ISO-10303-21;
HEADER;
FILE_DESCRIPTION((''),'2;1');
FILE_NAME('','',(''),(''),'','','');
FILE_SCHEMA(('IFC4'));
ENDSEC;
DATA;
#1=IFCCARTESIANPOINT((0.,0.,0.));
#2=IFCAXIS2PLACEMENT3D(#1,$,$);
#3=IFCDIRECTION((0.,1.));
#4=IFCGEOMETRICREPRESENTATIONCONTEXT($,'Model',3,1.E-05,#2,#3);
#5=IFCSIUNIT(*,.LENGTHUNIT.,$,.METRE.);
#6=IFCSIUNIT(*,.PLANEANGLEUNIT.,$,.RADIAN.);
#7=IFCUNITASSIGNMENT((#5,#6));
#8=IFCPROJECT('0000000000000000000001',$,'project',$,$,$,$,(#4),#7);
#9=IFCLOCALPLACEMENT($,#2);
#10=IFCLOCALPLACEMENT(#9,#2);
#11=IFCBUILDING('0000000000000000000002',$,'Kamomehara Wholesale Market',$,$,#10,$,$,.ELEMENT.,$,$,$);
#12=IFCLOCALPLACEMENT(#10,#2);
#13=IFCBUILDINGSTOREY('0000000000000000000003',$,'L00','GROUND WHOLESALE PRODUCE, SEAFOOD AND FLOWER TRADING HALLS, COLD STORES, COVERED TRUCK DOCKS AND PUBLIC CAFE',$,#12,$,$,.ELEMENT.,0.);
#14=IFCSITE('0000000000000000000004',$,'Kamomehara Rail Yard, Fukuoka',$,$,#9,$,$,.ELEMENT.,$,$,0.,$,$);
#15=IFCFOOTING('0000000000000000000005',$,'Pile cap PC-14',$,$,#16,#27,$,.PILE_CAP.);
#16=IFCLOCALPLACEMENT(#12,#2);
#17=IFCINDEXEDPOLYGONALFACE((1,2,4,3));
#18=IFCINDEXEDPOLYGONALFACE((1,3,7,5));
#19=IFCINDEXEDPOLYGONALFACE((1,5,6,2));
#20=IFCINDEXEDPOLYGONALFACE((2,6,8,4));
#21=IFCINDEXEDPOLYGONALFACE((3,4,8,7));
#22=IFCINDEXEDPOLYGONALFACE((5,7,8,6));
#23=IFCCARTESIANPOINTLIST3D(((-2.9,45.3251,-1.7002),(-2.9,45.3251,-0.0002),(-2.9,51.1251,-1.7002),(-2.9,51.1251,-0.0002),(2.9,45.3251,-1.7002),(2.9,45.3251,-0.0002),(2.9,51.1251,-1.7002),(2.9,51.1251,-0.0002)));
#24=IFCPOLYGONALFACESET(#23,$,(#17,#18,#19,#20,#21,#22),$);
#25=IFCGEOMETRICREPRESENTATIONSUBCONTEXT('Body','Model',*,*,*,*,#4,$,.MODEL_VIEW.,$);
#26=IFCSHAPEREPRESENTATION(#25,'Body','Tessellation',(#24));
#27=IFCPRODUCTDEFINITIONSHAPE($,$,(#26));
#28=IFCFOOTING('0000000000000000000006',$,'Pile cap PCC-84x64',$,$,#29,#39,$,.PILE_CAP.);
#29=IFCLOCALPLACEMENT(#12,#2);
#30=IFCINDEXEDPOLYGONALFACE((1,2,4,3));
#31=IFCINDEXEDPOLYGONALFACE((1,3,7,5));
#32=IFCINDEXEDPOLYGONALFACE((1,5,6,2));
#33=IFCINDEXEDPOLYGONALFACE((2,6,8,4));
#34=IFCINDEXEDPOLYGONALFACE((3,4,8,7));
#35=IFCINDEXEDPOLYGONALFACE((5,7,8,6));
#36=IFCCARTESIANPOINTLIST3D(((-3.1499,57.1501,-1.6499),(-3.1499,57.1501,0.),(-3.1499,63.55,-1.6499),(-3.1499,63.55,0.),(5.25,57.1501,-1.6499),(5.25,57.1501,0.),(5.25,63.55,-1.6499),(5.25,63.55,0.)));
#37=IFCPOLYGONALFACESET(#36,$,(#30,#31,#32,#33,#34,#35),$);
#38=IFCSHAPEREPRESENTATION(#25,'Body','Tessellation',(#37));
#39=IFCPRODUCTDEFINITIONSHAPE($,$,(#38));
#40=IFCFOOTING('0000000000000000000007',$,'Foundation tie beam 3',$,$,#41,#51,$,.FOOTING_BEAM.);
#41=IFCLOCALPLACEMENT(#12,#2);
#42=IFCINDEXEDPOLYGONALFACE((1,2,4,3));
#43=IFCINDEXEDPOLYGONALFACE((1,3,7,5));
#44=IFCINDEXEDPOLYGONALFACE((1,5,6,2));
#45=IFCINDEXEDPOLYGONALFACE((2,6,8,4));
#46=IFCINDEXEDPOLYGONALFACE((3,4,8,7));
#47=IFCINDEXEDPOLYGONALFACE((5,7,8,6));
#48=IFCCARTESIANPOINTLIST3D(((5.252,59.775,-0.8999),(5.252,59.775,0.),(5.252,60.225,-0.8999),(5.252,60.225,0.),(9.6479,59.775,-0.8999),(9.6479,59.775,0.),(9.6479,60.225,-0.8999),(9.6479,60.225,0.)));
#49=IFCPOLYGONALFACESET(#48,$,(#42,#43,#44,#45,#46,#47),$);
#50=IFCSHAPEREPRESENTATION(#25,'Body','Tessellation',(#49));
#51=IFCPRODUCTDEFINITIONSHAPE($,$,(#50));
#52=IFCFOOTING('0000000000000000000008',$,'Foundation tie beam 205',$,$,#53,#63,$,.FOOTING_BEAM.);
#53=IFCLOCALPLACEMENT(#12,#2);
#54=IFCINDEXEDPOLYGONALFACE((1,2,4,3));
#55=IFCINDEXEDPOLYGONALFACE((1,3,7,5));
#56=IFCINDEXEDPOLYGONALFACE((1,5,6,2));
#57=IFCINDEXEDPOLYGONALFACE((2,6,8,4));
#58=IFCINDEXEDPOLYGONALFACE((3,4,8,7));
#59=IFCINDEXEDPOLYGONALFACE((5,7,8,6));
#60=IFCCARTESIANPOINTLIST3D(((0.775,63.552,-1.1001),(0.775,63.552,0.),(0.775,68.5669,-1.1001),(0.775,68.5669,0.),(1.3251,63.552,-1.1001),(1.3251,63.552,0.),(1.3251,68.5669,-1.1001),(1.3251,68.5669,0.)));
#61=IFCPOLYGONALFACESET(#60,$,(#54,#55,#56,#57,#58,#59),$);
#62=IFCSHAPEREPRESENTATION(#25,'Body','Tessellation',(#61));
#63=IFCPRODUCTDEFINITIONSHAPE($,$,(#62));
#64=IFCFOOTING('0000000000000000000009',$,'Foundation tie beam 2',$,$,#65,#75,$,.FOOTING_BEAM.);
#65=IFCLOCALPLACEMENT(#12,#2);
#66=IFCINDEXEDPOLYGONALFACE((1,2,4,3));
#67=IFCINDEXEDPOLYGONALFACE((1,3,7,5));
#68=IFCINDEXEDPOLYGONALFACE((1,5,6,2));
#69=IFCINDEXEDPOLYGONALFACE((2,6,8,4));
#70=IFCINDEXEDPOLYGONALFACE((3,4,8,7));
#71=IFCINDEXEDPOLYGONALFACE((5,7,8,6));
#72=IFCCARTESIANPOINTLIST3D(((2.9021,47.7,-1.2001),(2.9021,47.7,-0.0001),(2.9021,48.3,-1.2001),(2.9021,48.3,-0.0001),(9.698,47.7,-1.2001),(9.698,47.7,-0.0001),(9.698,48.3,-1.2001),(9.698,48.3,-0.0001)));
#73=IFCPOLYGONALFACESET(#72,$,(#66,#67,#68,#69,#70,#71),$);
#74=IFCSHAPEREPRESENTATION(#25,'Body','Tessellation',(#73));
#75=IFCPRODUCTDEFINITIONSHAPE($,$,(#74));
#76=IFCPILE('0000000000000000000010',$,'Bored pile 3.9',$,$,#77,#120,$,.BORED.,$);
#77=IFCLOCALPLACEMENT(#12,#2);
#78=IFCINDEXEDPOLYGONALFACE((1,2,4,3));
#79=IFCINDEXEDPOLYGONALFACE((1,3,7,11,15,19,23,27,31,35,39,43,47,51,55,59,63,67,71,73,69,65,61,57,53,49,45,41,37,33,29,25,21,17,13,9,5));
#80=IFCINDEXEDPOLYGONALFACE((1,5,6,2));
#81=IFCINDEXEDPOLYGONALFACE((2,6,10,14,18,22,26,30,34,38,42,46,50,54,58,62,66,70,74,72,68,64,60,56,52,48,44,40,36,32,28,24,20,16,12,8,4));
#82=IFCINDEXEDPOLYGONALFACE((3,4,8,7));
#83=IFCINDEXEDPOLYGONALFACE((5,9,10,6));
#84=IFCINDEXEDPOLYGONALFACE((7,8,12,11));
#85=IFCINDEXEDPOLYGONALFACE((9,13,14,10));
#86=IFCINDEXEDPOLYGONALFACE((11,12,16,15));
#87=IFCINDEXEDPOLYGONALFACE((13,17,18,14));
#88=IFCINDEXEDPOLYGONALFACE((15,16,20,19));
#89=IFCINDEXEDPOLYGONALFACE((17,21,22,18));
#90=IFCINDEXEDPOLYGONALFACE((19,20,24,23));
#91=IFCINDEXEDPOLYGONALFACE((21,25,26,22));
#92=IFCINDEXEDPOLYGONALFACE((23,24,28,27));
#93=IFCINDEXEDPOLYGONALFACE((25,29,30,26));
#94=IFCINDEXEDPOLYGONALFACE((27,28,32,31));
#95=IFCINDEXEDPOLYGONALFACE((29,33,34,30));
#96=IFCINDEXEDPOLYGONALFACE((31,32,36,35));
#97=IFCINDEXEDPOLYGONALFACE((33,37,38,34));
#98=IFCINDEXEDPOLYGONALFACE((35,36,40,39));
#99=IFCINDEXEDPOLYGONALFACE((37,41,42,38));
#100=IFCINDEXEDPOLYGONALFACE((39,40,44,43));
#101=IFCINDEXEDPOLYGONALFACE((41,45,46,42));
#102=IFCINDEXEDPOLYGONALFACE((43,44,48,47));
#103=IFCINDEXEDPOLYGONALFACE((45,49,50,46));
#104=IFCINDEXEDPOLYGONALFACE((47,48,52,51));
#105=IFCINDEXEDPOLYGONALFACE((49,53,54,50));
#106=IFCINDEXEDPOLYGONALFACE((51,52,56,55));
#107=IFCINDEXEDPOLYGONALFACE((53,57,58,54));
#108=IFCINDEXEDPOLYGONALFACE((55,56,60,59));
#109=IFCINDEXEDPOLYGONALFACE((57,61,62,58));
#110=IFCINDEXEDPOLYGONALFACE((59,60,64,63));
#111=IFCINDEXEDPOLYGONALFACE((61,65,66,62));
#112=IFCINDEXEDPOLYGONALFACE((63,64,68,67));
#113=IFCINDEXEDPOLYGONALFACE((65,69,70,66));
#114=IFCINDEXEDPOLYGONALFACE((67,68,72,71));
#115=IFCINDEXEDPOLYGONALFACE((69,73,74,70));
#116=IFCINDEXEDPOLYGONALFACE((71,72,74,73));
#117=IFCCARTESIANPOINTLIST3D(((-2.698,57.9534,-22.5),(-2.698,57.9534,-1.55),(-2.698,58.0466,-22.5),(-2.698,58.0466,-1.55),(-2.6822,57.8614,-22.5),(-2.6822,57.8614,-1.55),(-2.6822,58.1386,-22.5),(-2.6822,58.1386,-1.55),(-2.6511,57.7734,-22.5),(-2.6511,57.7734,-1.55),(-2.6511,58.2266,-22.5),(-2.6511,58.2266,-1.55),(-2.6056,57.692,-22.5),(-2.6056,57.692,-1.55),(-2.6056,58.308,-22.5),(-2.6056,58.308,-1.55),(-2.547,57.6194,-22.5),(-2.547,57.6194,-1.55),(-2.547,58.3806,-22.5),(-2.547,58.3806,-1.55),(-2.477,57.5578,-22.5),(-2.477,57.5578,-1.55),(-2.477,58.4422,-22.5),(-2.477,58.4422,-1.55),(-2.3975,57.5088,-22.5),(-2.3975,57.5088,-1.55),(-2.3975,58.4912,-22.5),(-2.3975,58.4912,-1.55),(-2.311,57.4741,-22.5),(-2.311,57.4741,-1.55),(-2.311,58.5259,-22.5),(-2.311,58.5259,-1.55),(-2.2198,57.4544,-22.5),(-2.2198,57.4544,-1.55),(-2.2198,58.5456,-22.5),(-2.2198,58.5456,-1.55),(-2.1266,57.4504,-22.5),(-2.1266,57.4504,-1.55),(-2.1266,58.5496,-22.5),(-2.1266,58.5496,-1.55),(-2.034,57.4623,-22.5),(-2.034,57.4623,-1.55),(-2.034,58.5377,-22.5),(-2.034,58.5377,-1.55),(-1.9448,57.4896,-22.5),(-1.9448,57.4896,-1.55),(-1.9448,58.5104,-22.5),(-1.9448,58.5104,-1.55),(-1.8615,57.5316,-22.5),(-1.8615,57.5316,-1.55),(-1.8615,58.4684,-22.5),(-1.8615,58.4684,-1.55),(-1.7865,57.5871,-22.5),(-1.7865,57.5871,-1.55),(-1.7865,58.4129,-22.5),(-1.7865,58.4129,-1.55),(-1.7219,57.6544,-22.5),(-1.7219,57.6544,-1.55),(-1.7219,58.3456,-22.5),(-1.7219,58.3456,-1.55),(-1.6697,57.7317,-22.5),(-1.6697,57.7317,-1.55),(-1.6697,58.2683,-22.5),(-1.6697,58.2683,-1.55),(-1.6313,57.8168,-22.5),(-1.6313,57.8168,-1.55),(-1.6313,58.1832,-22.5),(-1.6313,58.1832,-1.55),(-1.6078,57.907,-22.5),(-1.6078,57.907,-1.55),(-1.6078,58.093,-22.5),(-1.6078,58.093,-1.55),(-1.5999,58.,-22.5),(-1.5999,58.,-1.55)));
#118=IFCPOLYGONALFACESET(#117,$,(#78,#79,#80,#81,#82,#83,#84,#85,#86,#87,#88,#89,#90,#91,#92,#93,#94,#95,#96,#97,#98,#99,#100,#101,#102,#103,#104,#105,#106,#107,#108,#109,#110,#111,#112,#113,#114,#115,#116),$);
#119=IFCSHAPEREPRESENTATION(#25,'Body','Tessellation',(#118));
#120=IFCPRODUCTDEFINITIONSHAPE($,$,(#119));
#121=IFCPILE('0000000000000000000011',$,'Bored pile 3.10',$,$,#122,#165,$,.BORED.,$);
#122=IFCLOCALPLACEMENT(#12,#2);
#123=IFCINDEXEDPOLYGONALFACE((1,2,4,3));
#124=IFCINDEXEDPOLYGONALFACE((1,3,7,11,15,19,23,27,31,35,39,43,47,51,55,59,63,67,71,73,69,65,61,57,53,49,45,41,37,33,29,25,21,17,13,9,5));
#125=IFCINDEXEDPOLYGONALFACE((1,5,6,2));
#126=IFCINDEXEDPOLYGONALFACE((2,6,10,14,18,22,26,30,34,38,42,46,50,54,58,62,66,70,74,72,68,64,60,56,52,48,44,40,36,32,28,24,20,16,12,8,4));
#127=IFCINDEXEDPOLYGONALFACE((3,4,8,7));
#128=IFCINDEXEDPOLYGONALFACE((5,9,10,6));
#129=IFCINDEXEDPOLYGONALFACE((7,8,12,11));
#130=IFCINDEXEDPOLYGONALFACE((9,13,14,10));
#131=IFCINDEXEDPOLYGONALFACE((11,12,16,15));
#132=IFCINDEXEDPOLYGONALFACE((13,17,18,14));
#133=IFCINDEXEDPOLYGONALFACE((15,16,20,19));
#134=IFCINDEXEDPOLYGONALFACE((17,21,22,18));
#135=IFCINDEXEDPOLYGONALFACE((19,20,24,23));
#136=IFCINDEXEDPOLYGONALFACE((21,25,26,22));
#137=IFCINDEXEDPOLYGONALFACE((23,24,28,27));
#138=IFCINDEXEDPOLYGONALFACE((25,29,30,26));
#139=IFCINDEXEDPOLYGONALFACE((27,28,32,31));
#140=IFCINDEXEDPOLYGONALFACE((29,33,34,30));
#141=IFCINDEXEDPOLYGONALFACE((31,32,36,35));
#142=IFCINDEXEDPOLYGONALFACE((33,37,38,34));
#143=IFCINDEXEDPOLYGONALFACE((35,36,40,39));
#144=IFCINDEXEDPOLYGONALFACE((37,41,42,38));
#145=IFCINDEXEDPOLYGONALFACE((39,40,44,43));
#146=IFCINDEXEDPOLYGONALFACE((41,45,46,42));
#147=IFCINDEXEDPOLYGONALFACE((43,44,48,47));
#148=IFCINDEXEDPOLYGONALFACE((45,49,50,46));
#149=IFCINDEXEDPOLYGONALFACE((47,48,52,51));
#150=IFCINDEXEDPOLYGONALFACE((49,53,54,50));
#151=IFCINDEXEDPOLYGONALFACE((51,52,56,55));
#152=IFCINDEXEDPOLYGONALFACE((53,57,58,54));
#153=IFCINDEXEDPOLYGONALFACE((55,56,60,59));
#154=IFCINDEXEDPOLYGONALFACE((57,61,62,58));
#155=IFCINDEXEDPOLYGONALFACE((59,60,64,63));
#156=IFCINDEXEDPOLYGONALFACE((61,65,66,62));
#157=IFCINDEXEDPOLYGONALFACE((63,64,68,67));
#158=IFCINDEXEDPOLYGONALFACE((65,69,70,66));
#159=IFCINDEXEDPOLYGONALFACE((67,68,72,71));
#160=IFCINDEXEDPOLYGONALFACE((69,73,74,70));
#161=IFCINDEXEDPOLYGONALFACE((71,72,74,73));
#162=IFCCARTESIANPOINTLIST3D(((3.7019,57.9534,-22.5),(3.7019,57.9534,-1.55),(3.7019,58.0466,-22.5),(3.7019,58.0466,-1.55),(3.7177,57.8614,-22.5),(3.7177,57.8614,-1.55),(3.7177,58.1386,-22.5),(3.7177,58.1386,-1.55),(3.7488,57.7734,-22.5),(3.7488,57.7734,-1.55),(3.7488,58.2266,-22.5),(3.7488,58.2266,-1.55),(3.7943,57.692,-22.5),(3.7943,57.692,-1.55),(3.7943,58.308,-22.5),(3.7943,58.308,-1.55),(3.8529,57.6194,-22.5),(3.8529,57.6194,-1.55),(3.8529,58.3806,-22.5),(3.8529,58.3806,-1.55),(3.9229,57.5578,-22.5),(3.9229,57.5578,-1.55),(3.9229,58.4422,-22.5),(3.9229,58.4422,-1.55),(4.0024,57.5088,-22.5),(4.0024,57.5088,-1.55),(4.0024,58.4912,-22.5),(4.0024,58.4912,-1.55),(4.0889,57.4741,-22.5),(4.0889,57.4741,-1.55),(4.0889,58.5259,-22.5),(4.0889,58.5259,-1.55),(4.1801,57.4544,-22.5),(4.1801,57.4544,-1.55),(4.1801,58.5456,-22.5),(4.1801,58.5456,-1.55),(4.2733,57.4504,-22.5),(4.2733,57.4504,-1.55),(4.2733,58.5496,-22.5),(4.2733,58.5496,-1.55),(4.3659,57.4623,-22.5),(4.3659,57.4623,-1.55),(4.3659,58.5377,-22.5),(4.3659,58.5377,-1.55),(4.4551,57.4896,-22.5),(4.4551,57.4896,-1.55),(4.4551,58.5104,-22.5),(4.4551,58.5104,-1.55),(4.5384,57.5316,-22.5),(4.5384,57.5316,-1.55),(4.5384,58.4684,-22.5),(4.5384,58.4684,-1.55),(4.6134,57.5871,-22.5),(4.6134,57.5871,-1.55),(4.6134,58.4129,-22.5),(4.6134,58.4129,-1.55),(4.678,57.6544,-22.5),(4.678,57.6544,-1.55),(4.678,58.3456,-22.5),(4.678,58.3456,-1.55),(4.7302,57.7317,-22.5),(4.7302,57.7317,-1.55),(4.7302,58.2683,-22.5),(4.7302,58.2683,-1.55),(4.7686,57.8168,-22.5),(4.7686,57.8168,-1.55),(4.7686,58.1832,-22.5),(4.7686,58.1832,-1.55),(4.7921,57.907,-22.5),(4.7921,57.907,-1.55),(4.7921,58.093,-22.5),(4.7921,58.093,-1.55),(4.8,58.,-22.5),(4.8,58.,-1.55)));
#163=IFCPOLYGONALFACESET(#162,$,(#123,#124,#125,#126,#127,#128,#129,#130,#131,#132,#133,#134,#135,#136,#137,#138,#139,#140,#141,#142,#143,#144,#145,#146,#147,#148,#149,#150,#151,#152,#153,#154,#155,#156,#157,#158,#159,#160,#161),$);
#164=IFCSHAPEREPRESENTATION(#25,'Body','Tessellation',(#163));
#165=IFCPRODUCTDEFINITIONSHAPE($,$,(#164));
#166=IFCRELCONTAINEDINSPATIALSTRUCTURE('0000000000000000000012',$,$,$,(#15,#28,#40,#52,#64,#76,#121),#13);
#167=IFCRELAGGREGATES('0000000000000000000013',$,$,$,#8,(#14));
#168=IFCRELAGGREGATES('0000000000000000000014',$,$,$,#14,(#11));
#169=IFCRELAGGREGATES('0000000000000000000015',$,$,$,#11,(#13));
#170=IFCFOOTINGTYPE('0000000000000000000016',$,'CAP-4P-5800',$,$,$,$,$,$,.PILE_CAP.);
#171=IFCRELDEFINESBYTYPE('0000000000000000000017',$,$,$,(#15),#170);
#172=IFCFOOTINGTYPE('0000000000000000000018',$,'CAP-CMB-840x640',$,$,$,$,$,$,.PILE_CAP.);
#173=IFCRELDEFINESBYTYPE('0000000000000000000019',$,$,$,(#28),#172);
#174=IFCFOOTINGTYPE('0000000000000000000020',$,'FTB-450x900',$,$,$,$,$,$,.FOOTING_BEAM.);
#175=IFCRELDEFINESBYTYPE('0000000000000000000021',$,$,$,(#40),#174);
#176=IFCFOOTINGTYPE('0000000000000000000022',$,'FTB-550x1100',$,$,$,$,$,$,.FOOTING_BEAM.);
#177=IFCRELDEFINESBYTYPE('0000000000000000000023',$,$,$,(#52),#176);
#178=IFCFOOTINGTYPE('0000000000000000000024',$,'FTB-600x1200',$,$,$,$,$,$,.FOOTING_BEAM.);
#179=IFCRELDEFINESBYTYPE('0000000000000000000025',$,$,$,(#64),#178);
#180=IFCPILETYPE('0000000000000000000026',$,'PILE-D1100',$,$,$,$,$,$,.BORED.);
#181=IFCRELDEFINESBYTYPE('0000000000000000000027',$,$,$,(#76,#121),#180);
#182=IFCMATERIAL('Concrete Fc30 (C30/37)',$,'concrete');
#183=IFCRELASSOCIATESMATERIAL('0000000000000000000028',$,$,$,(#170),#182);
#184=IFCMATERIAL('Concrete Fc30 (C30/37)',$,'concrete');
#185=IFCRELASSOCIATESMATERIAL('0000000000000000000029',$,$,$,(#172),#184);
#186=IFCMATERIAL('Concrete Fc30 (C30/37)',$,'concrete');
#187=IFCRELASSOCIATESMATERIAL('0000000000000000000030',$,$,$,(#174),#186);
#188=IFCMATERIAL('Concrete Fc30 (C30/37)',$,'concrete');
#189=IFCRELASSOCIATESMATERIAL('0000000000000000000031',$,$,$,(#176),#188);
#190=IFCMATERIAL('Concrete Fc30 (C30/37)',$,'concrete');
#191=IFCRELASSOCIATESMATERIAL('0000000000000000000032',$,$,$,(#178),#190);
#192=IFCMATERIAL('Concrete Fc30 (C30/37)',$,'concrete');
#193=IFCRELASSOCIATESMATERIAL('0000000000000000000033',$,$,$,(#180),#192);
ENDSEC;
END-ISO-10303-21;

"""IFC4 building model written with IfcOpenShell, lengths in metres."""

from ifc_helpers import new_model, si_unit, direction, frame, origin, origin_2d, place, context, subcontext, project, spatial, rectangle, circle, extrude, material, material_profile, profile_set, type_object, element, save


model = new_model("IFC4")

# Units and contexts
model_context = context("Model", 3, precision=1e-05, world=origin(), true_north=direction((0.0, 1.0)))
body_context = subcontext(model_context, "Body", "Model", "MODEL_VIEW")
ifc_project = project(units=[si_unit("LENGTHUNIT", "METRE"), si_unit("PLANEANGLEUNIT", "RADIAN")], contexts=[model_context])

# Site, building, storey
site_placement = place(None, origin())
site = spatial("IfcSite", under=ifc_project, at=site_placement, Name="Kamomehara Rail Yard, Fukuoka", CompositionType="ELEMENT", RefElevation=0.0)
building_placement = place(site_placement, origin())
building = spatial("IfcBuilding", under=site, at=building_placement, Name="Kamomehara Wholesale Market", CompositionType="ELEMENT")
storey_placement = place(building_placement, origin())
storey = spatial("IfcBuildingStorey", under=building, at=storey_placement, Name="L00", Description="GROUND WHOLESALE PRODUCE, SEAFOOD AND FLOWER TRADING HALLS, COLD STORES, COVERED TRUCK DOCKS AND PUBLIC CAFE", CompositionType="ELEMENT", Elevation=0.0)

# Footings
ifc_material_1 = material(Name="Concrete Fc30 (C30/37)", Category="concrete")
footing_type_1 = type_object("IfcFootingType", Name="CAP-4P-5800", PredefinedType="PILE_CAP", material=ifc_material_1)
footing_1_placement = place(storey_placement, frame((0.0, 48.2251, -1.7002), z_axis=(0.0, 0.0, 1.0), x_axis=(1.0, 0.0, 0.0)))
element("IfcFooting", 1, at=footing_1_placement, inside=storey, type_object=footing_type_1, Name="Pile cap PC-14", PredefinedType="PILE_CAP", context=body_context, shape_type="SweptSolid", body=[
    extrude(rectangle(XDim=5.8, YDim=5.8, at=origin_2d()), origin(), (0.0, 0.0, 1.0), 1.7),
])
ifc_material_2 = material(Name="Concrete Fc30 (C30/37)", Category="concrete")
footing_type_2 = type_object("IfcFootingType", Name="CAP-CMB-840x640", PredefinedType="PILE_CAP", material=ifc_material_2)
footing_2_placement = place(storey_placement, frame((1.05, 60.3501, -1.6499), z_axis=(0.0, 0.0, 1.0), x_axis=(1.0, 0.0, 0.0)))
element("IfcFooting", 2, at=footing_2_placement, inside=storey, type_object=footing_type_2, Name="Pile cap PCC-84x64", PredefinedType="PILE_CAP", context=body_context, shape_type="SweptSolid", body=[
    extrude(rectangle(XDim=8.3999, YDim=6.3999, at=origin_2d()), origin(), (0.0, 0.0, 1.0), 1.6499),
])
ifc_material_3 = material(Name="Concrete Fc30 (C30/37)", Category="concrete")
ifc_material_profile_1 = material_profile(ifc_material_3, rectangle(XDim=0.45, YDim=0.8999, at=origin_2d()), Name="RC-FTB-450x900")
ifc_profile_set_1 = profile_set([ifc_material_profile_1], Name="Concrete Fc30 (C30/37)")
footing_type_3 = type_object("IfcFootingType", Name="FTB-450x900", PredefinedType="FOOTING_BEAM", material=ifc_profile_set_1)
footing_3_placement = place(storey_placement, frame((5.252, 60.0, -0.45), z_axis=(1.0, 0.0, 0.0), x_axis=(0.0, 1.0, 0.0)))
element("IfcFooting", 3, at=footing_3_placement, inside=storey, type_object=footing_type_3, Name="Foundation tie beam 3", PredefinedType="FOOTING_BEAM", context=body_context, shape_type="SweptSolid", body=[
    extrude(rectangle(XDim=0.45, YDim=0.8999, at=origin_2d()), origin(), (0.0, 0.0, 1.0), 4.396),
])
ifc_material_4 = material(Name="Concrete Fc30 (C30/37)", Category="concrete")
ifc_material_profile_2 = material_profile(ifc_material_4, rectangle(XDim=0.55, YDim=1.1001, at=origin_2d()), Name="RC-FTB-550x1100")
ifc_profile_set_2 = profile_set([ifc_material_profile_2], Name="Concrete Fc30 (C30/37)")
footing_type_4 = type_object("IfcFootingType", Name="FTB-550x1100", PredefinedType="FOOTING_BEAM", material=ifc_profile_set_2)
footing_4_placement = place(storey_placement, frame((1.05, 63.552, -0.55), z_axis=(0.0, 1.0, 0.0), x_axis=(-1.0, 0.0, 0.0)))
element("IfcFooting", 4, at=footing_4_placement, inside=storey, type_object=footing_type_4, Name="Foundation tie beam 205", PredefinedType="FOOTING_BEAM", context=body_context, shape_type="SweptSolid", body=[
    extrude(rectangle(XDim=0.55, YDim=1.1001, at=origin_2d()), origin(), (0.0, 0.0, 1.0), 5.0149),
])
ifc_material_5 = material(Name="Concrete Fc30 (C30/37)", Category="concrete")
ifc_material_profile_3 = material_profile(ifc_material_5, rectangle(XDim=0.6001, YDim=1.2, at=origin_2d()), Name="RC-FTB-600x1200")
ifc_profile_set_3 = profile_set([ifc_material_profile_3], Name="Concrete Fc30 (C30/37)")
footing_type_5 = type_object("IfcFootingType", Name="FTB-600x1200", PredefinedType="FOOTING_BEAM", material=ifc_profile_set_3)
footing_5_placement = place(storey_placement, frame((2.9021, 48.0, -0.6001), z_axis=(1.0, 0.0, 0.0), x_axis=(0.0, 1.0, 0.0)))
element("IfcFooting", 5, at=footing_5_placement, inside=storey, type_object=footing_type_5, Name="Foundation tie beam 2", PredefinedType="FOOTING_BEAM", context=body_context, shape_type="SweptSolid", body=[
    extrude(rectangle(XDim=0.6001, YDim=1.2, at=origin_2d()), origin(), (0.0, 0.0, 1.0), 6.7959),
])

# Piles
ifc_material_6 = material(Name="Concrete Fc30 (C30/37)", Category="concrete")
ifc_material_profile_4 = material_profile(ifc_material_6, circle(Radius=0.55, at=origin_2d()), Name="RC-PILE-D1100")
ifc_profile_set_4 = profile_set([ifc_material_profile_4], Name="Concrete Fc30 (C30/37)")
pile_type_1 = type_object("IfcPileType", Name="PILE-D1100", PredefinedType="BORED", material=ifc_profile_set_4)
for number, where, z_axis, x_axis, name in (
    (6, (-2.1499, 58.0, -1.55), (0.0, 0.0, -1.0), (1.0, 0.0, 0.0), "Bored pile 3.9"),
    (7, (4.25, 58.0, -1.55), (0.0, 0.0, -1.0), (1.0, 0.0, 0.0), "Bored pile 3.10"),
):
    element("IfcPile", number, at=place(storey_placement, frame(where, z_axis=z_axis, x_axis=x_axis)), inside=storey, type_object=pile_type_1, Name=name, PredefinedType="BORED", context=body_context, shape_type="SweptSolid", body=[
        extrude(circle(Radius=0.55, at=origin_2d()), origin(), (0.0, 0.0, 1.0), 20.95),
    ])

save(model, "model.ifc")
